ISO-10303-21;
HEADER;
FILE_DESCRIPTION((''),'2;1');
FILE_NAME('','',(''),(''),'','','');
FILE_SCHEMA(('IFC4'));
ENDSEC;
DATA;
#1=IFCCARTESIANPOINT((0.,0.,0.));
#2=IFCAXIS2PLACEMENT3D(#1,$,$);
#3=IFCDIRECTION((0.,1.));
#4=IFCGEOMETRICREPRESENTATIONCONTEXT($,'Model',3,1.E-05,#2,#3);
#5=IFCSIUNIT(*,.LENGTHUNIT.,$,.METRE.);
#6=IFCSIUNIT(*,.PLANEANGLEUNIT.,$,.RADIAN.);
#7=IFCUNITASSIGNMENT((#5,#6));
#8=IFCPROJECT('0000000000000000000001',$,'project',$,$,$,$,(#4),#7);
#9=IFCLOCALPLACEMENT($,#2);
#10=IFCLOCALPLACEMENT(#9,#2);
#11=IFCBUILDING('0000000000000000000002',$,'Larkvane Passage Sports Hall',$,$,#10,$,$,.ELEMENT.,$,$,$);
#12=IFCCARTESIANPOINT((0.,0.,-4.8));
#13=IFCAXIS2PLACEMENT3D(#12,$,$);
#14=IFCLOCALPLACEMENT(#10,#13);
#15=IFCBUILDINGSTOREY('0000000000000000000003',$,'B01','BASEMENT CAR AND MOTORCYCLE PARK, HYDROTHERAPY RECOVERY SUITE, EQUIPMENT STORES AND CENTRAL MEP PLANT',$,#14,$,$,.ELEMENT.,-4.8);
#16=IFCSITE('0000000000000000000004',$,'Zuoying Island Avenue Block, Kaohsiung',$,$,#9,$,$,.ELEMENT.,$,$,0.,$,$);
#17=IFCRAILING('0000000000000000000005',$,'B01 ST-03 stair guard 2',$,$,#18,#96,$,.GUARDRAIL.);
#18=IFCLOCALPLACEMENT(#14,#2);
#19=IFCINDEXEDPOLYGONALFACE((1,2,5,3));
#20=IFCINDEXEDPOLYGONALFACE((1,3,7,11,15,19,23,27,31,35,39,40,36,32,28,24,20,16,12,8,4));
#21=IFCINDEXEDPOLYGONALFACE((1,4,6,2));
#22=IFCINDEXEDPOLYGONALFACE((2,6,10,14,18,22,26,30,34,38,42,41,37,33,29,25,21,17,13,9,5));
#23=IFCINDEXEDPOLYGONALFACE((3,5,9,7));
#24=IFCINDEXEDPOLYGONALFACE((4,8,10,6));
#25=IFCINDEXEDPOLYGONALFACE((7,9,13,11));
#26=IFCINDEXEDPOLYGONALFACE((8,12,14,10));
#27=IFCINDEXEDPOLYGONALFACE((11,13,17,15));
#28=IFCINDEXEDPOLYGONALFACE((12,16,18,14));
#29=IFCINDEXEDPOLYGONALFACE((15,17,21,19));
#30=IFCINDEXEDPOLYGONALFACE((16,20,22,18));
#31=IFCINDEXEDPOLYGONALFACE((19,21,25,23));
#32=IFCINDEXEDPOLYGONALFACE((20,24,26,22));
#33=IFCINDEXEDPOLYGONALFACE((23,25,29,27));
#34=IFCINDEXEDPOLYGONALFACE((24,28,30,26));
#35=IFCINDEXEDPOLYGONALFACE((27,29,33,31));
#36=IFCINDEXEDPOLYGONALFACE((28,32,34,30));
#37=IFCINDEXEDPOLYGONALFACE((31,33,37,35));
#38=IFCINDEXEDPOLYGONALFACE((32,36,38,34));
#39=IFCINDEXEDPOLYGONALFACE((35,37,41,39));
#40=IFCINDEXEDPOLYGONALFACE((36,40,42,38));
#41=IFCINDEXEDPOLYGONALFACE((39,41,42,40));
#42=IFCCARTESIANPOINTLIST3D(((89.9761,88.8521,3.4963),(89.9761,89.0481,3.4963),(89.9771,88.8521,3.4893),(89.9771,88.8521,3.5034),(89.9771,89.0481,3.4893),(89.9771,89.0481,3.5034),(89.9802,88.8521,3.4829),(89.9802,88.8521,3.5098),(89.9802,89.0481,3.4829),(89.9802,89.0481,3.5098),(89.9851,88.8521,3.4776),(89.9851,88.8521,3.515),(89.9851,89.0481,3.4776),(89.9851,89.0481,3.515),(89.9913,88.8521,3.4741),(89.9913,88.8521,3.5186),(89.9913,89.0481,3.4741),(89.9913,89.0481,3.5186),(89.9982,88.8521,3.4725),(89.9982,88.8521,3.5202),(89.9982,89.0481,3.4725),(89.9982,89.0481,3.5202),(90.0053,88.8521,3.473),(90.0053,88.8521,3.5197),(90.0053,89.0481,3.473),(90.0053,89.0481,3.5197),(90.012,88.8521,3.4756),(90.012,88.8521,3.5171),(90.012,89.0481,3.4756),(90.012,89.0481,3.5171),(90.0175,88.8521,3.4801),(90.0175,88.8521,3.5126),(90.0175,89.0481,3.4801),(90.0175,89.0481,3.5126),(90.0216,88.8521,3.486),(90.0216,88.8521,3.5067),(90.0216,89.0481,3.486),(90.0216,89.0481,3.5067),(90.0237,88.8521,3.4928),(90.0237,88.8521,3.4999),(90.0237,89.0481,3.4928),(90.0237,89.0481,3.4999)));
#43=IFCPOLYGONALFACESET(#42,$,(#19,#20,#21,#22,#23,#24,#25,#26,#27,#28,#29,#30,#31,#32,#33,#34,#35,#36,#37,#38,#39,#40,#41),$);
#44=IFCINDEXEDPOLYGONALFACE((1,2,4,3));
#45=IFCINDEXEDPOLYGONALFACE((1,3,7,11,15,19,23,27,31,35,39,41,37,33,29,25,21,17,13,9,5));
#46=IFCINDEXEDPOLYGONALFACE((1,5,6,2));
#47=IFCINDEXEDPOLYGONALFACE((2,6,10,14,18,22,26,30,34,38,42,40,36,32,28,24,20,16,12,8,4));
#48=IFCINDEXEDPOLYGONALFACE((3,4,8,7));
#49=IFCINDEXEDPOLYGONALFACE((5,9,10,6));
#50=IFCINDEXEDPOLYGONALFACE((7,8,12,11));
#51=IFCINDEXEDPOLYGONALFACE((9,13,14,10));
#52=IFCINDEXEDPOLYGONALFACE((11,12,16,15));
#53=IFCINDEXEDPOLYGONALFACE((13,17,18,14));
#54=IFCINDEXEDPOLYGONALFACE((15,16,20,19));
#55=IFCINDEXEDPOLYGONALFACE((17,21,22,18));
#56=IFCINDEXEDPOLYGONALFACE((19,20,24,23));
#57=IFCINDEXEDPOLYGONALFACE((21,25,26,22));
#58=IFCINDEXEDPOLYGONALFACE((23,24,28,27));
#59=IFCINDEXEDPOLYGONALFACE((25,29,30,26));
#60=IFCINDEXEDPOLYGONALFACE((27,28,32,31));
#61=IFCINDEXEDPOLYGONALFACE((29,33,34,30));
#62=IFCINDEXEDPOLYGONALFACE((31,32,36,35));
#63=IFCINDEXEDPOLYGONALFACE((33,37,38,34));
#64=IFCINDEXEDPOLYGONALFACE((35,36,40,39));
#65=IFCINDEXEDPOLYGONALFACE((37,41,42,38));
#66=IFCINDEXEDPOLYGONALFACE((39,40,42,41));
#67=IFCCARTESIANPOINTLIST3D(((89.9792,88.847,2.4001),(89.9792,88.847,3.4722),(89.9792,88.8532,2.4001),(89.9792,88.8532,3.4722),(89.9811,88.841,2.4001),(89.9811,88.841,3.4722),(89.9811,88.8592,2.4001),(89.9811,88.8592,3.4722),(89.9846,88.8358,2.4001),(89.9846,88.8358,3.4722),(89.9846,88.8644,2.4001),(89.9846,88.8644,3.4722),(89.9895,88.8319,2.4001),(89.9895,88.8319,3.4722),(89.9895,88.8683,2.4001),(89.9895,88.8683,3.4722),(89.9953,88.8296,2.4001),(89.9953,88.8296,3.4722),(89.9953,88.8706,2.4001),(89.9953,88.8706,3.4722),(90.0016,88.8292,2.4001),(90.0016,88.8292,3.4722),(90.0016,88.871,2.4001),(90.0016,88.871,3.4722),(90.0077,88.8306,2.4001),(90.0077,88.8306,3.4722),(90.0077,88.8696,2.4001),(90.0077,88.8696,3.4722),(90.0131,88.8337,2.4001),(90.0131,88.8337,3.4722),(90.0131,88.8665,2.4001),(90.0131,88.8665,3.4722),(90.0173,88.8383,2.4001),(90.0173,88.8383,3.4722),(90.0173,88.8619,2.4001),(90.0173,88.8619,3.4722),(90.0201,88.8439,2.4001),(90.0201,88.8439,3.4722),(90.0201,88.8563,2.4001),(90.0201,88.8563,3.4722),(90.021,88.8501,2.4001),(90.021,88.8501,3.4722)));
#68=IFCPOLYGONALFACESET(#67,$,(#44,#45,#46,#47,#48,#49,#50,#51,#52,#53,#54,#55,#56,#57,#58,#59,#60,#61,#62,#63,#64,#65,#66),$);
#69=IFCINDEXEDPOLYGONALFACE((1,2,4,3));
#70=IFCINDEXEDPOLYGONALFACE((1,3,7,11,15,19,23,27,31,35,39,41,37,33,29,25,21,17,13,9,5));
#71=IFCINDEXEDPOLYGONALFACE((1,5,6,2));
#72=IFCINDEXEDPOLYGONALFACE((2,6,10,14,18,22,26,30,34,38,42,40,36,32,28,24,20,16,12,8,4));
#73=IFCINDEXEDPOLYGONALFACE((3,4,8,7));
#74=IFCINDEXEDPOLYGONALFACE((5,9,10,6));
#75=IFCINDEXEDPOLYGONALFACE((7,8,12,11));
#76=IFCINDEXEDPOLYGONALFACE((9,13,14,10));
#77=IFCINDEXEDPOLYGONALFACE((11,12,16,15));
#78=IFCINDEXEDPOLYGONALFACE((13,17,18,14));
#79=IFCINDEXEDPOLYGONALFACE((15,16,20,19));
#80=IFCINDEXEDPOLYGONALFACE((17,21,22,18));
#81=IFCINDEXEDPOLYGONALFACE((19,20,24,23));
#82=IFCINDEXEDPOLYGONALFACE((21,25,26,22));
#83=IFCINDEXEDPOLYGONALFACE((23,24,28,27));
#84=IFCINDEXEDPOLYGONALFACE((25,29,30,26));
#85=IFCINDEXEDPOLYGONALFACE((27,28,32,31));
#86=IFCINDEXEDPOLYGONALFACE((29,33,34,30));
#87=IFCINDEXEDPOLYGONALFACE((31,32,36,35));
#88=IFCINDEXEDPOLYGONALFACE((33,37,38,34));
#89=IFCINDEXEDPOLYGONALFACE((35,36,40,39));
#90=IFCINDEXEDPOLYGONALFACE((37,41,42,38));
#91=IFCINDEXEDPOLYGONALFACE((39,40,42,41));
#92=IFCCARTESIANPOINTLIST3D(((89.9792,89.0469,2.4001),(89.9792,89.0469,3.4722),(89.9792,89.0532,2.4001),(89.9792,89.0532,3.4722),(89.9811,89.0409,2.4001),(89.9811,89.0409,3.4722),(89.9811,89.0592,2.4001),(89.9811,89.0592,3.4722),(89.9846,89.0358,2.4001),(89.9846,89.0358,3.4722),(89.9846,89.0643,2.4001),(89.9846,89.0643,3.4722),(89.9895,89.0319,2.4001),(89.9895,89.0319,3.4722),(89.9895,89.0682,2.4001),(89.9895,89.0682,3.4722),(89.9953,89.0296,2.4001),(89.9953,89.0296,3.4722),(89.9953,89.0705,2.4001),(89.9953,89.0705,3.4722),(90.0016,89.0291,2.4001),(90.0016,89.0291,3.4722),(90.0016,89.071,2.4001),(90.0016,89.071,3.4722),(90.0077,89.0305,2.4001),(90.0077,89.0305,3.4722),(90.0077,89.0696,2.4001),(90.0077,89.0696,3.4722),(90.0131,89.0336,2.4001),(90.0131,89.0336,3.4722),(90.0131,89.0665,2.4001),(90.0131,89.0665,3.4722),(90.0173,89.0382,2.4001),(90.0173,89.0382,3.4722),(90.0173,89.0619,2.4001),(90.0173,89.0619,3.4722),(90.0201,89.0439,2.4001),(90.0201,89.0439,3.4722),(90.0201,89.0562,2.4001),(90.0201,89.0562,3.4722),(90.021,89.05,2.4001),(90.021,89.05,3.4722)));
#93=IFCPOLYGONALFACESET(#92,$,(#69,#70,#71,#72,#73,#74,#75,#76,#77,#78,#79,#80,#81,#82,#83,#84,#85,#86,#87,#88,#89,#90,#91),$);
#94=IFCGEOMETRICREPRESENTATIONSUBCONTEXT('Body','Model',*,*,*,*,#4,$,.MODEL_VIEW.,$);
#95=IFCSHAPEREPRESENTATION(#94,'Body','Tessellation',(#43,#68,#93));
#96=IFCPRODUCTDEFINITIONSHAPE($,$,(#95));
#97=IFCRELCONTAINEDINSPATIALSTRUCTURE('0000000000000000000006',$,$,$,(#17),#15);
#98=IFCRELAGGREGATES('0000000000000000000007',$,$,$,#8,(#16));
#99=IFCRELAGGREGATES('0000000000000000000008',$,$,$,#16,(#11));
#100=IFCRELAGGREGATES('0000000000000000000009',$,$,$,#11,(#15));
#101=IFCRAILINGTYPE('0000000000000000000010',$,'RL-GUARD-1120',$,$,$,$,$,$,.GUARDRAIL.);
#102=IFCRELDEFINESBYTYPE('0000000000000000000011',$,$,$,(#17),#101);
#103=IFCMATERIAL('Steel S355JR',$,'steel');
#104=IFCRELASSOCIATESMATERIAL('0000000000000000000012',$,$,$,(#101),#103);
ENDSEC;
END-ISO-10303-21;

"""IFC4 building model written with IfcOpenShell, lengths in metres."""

from ifc_helpers import new_model, si_unit, direction, frame, origin, origin_2d, place, context, subcontext, project, spatial, circle, extrude, material, type_object, element, save


model = new_model("IFC4")

# Units and contexts
model_context = context("Model", 3, precision=1e-05, world=origin(), true_north=direction((0.0, 1.0)))
body_context = subcontext(model_context, "Body", "Model", "MODEL_VIEW")
ifc_project = project(units=[si_unit("LENGTHUNIT", "METRE"), si_unit("PLANEANGLEUNIT", "RADIAN")], contexts=[model_context])

# Site, building, storey
site_placement = place(None, origin())
site = spatial("IfcSite", under=ifc_project, at=site_placement, Name="Zuoying Island Avenue Block, Kaohsiung", CompositionType="ELEMENT", RefElevation=0.0)
building_placement = place(site_placement, origin())
building = spatial("IfcBuilding", under=site, at=building_placement, Name="Larkvane Passage Sports Hall", CompositionType="ELEMENT")
storey_placement = place(building_placement, frame((0.0, 0.0, -4.8)))
storey = spatial("IfcBuildingStorey", under=building, at=storey_placement, Name="B01", Description="BASEMENT CAR AND MOTORCYCLE PARK, HYDROTHERAPY RECOVERY SUITE, EQUIPMENT STORES AND CENTRAL MEP PLANT", CompositionType="ELEMENT", Elevation=-4.8)

# Railing
ifc_material_1 = material(Name="Steel S355JR", Category="steel")
railing_type_1 = type_object("IfcRailingType", Name="RL-GUARD-1120", PredefinedType="GUARDRAIL", material=ifc_material_1)
railing_1_placement = place(storey_placement, frame((90.0, 88.8501, 2.4001)))
element("IfcRailing", 1, at=railing_1_placement, inside=storey, type_object=railing_type_1, Name="B01 ST-03 stair guard 2", PredefinedType="GUARDRAIL", context=body_context, shape_type="SweptSolid", body=[
    extrude(circle(Radius=0.0239, at=origin_2d()), frame((0.0, 0.002, 1.0962), z_axis=(0.0, 1.0, 0.0), x_axis=(-1.0, 0.0, 0.0)), (0.0, 0.0, 1.0), 0.196),
    extrude(circle(Radius=0.021, at=origin_2d()), origin(), (0.0, 0.0, 1.0), 1.072),
    extrude(circle(Radius=0.021, at=origin_2d()), frame((0.0, 0.2, 0.0)), (0.0, 0.0, 1.0), 1.072),
])

save(model, "model.ifc")
